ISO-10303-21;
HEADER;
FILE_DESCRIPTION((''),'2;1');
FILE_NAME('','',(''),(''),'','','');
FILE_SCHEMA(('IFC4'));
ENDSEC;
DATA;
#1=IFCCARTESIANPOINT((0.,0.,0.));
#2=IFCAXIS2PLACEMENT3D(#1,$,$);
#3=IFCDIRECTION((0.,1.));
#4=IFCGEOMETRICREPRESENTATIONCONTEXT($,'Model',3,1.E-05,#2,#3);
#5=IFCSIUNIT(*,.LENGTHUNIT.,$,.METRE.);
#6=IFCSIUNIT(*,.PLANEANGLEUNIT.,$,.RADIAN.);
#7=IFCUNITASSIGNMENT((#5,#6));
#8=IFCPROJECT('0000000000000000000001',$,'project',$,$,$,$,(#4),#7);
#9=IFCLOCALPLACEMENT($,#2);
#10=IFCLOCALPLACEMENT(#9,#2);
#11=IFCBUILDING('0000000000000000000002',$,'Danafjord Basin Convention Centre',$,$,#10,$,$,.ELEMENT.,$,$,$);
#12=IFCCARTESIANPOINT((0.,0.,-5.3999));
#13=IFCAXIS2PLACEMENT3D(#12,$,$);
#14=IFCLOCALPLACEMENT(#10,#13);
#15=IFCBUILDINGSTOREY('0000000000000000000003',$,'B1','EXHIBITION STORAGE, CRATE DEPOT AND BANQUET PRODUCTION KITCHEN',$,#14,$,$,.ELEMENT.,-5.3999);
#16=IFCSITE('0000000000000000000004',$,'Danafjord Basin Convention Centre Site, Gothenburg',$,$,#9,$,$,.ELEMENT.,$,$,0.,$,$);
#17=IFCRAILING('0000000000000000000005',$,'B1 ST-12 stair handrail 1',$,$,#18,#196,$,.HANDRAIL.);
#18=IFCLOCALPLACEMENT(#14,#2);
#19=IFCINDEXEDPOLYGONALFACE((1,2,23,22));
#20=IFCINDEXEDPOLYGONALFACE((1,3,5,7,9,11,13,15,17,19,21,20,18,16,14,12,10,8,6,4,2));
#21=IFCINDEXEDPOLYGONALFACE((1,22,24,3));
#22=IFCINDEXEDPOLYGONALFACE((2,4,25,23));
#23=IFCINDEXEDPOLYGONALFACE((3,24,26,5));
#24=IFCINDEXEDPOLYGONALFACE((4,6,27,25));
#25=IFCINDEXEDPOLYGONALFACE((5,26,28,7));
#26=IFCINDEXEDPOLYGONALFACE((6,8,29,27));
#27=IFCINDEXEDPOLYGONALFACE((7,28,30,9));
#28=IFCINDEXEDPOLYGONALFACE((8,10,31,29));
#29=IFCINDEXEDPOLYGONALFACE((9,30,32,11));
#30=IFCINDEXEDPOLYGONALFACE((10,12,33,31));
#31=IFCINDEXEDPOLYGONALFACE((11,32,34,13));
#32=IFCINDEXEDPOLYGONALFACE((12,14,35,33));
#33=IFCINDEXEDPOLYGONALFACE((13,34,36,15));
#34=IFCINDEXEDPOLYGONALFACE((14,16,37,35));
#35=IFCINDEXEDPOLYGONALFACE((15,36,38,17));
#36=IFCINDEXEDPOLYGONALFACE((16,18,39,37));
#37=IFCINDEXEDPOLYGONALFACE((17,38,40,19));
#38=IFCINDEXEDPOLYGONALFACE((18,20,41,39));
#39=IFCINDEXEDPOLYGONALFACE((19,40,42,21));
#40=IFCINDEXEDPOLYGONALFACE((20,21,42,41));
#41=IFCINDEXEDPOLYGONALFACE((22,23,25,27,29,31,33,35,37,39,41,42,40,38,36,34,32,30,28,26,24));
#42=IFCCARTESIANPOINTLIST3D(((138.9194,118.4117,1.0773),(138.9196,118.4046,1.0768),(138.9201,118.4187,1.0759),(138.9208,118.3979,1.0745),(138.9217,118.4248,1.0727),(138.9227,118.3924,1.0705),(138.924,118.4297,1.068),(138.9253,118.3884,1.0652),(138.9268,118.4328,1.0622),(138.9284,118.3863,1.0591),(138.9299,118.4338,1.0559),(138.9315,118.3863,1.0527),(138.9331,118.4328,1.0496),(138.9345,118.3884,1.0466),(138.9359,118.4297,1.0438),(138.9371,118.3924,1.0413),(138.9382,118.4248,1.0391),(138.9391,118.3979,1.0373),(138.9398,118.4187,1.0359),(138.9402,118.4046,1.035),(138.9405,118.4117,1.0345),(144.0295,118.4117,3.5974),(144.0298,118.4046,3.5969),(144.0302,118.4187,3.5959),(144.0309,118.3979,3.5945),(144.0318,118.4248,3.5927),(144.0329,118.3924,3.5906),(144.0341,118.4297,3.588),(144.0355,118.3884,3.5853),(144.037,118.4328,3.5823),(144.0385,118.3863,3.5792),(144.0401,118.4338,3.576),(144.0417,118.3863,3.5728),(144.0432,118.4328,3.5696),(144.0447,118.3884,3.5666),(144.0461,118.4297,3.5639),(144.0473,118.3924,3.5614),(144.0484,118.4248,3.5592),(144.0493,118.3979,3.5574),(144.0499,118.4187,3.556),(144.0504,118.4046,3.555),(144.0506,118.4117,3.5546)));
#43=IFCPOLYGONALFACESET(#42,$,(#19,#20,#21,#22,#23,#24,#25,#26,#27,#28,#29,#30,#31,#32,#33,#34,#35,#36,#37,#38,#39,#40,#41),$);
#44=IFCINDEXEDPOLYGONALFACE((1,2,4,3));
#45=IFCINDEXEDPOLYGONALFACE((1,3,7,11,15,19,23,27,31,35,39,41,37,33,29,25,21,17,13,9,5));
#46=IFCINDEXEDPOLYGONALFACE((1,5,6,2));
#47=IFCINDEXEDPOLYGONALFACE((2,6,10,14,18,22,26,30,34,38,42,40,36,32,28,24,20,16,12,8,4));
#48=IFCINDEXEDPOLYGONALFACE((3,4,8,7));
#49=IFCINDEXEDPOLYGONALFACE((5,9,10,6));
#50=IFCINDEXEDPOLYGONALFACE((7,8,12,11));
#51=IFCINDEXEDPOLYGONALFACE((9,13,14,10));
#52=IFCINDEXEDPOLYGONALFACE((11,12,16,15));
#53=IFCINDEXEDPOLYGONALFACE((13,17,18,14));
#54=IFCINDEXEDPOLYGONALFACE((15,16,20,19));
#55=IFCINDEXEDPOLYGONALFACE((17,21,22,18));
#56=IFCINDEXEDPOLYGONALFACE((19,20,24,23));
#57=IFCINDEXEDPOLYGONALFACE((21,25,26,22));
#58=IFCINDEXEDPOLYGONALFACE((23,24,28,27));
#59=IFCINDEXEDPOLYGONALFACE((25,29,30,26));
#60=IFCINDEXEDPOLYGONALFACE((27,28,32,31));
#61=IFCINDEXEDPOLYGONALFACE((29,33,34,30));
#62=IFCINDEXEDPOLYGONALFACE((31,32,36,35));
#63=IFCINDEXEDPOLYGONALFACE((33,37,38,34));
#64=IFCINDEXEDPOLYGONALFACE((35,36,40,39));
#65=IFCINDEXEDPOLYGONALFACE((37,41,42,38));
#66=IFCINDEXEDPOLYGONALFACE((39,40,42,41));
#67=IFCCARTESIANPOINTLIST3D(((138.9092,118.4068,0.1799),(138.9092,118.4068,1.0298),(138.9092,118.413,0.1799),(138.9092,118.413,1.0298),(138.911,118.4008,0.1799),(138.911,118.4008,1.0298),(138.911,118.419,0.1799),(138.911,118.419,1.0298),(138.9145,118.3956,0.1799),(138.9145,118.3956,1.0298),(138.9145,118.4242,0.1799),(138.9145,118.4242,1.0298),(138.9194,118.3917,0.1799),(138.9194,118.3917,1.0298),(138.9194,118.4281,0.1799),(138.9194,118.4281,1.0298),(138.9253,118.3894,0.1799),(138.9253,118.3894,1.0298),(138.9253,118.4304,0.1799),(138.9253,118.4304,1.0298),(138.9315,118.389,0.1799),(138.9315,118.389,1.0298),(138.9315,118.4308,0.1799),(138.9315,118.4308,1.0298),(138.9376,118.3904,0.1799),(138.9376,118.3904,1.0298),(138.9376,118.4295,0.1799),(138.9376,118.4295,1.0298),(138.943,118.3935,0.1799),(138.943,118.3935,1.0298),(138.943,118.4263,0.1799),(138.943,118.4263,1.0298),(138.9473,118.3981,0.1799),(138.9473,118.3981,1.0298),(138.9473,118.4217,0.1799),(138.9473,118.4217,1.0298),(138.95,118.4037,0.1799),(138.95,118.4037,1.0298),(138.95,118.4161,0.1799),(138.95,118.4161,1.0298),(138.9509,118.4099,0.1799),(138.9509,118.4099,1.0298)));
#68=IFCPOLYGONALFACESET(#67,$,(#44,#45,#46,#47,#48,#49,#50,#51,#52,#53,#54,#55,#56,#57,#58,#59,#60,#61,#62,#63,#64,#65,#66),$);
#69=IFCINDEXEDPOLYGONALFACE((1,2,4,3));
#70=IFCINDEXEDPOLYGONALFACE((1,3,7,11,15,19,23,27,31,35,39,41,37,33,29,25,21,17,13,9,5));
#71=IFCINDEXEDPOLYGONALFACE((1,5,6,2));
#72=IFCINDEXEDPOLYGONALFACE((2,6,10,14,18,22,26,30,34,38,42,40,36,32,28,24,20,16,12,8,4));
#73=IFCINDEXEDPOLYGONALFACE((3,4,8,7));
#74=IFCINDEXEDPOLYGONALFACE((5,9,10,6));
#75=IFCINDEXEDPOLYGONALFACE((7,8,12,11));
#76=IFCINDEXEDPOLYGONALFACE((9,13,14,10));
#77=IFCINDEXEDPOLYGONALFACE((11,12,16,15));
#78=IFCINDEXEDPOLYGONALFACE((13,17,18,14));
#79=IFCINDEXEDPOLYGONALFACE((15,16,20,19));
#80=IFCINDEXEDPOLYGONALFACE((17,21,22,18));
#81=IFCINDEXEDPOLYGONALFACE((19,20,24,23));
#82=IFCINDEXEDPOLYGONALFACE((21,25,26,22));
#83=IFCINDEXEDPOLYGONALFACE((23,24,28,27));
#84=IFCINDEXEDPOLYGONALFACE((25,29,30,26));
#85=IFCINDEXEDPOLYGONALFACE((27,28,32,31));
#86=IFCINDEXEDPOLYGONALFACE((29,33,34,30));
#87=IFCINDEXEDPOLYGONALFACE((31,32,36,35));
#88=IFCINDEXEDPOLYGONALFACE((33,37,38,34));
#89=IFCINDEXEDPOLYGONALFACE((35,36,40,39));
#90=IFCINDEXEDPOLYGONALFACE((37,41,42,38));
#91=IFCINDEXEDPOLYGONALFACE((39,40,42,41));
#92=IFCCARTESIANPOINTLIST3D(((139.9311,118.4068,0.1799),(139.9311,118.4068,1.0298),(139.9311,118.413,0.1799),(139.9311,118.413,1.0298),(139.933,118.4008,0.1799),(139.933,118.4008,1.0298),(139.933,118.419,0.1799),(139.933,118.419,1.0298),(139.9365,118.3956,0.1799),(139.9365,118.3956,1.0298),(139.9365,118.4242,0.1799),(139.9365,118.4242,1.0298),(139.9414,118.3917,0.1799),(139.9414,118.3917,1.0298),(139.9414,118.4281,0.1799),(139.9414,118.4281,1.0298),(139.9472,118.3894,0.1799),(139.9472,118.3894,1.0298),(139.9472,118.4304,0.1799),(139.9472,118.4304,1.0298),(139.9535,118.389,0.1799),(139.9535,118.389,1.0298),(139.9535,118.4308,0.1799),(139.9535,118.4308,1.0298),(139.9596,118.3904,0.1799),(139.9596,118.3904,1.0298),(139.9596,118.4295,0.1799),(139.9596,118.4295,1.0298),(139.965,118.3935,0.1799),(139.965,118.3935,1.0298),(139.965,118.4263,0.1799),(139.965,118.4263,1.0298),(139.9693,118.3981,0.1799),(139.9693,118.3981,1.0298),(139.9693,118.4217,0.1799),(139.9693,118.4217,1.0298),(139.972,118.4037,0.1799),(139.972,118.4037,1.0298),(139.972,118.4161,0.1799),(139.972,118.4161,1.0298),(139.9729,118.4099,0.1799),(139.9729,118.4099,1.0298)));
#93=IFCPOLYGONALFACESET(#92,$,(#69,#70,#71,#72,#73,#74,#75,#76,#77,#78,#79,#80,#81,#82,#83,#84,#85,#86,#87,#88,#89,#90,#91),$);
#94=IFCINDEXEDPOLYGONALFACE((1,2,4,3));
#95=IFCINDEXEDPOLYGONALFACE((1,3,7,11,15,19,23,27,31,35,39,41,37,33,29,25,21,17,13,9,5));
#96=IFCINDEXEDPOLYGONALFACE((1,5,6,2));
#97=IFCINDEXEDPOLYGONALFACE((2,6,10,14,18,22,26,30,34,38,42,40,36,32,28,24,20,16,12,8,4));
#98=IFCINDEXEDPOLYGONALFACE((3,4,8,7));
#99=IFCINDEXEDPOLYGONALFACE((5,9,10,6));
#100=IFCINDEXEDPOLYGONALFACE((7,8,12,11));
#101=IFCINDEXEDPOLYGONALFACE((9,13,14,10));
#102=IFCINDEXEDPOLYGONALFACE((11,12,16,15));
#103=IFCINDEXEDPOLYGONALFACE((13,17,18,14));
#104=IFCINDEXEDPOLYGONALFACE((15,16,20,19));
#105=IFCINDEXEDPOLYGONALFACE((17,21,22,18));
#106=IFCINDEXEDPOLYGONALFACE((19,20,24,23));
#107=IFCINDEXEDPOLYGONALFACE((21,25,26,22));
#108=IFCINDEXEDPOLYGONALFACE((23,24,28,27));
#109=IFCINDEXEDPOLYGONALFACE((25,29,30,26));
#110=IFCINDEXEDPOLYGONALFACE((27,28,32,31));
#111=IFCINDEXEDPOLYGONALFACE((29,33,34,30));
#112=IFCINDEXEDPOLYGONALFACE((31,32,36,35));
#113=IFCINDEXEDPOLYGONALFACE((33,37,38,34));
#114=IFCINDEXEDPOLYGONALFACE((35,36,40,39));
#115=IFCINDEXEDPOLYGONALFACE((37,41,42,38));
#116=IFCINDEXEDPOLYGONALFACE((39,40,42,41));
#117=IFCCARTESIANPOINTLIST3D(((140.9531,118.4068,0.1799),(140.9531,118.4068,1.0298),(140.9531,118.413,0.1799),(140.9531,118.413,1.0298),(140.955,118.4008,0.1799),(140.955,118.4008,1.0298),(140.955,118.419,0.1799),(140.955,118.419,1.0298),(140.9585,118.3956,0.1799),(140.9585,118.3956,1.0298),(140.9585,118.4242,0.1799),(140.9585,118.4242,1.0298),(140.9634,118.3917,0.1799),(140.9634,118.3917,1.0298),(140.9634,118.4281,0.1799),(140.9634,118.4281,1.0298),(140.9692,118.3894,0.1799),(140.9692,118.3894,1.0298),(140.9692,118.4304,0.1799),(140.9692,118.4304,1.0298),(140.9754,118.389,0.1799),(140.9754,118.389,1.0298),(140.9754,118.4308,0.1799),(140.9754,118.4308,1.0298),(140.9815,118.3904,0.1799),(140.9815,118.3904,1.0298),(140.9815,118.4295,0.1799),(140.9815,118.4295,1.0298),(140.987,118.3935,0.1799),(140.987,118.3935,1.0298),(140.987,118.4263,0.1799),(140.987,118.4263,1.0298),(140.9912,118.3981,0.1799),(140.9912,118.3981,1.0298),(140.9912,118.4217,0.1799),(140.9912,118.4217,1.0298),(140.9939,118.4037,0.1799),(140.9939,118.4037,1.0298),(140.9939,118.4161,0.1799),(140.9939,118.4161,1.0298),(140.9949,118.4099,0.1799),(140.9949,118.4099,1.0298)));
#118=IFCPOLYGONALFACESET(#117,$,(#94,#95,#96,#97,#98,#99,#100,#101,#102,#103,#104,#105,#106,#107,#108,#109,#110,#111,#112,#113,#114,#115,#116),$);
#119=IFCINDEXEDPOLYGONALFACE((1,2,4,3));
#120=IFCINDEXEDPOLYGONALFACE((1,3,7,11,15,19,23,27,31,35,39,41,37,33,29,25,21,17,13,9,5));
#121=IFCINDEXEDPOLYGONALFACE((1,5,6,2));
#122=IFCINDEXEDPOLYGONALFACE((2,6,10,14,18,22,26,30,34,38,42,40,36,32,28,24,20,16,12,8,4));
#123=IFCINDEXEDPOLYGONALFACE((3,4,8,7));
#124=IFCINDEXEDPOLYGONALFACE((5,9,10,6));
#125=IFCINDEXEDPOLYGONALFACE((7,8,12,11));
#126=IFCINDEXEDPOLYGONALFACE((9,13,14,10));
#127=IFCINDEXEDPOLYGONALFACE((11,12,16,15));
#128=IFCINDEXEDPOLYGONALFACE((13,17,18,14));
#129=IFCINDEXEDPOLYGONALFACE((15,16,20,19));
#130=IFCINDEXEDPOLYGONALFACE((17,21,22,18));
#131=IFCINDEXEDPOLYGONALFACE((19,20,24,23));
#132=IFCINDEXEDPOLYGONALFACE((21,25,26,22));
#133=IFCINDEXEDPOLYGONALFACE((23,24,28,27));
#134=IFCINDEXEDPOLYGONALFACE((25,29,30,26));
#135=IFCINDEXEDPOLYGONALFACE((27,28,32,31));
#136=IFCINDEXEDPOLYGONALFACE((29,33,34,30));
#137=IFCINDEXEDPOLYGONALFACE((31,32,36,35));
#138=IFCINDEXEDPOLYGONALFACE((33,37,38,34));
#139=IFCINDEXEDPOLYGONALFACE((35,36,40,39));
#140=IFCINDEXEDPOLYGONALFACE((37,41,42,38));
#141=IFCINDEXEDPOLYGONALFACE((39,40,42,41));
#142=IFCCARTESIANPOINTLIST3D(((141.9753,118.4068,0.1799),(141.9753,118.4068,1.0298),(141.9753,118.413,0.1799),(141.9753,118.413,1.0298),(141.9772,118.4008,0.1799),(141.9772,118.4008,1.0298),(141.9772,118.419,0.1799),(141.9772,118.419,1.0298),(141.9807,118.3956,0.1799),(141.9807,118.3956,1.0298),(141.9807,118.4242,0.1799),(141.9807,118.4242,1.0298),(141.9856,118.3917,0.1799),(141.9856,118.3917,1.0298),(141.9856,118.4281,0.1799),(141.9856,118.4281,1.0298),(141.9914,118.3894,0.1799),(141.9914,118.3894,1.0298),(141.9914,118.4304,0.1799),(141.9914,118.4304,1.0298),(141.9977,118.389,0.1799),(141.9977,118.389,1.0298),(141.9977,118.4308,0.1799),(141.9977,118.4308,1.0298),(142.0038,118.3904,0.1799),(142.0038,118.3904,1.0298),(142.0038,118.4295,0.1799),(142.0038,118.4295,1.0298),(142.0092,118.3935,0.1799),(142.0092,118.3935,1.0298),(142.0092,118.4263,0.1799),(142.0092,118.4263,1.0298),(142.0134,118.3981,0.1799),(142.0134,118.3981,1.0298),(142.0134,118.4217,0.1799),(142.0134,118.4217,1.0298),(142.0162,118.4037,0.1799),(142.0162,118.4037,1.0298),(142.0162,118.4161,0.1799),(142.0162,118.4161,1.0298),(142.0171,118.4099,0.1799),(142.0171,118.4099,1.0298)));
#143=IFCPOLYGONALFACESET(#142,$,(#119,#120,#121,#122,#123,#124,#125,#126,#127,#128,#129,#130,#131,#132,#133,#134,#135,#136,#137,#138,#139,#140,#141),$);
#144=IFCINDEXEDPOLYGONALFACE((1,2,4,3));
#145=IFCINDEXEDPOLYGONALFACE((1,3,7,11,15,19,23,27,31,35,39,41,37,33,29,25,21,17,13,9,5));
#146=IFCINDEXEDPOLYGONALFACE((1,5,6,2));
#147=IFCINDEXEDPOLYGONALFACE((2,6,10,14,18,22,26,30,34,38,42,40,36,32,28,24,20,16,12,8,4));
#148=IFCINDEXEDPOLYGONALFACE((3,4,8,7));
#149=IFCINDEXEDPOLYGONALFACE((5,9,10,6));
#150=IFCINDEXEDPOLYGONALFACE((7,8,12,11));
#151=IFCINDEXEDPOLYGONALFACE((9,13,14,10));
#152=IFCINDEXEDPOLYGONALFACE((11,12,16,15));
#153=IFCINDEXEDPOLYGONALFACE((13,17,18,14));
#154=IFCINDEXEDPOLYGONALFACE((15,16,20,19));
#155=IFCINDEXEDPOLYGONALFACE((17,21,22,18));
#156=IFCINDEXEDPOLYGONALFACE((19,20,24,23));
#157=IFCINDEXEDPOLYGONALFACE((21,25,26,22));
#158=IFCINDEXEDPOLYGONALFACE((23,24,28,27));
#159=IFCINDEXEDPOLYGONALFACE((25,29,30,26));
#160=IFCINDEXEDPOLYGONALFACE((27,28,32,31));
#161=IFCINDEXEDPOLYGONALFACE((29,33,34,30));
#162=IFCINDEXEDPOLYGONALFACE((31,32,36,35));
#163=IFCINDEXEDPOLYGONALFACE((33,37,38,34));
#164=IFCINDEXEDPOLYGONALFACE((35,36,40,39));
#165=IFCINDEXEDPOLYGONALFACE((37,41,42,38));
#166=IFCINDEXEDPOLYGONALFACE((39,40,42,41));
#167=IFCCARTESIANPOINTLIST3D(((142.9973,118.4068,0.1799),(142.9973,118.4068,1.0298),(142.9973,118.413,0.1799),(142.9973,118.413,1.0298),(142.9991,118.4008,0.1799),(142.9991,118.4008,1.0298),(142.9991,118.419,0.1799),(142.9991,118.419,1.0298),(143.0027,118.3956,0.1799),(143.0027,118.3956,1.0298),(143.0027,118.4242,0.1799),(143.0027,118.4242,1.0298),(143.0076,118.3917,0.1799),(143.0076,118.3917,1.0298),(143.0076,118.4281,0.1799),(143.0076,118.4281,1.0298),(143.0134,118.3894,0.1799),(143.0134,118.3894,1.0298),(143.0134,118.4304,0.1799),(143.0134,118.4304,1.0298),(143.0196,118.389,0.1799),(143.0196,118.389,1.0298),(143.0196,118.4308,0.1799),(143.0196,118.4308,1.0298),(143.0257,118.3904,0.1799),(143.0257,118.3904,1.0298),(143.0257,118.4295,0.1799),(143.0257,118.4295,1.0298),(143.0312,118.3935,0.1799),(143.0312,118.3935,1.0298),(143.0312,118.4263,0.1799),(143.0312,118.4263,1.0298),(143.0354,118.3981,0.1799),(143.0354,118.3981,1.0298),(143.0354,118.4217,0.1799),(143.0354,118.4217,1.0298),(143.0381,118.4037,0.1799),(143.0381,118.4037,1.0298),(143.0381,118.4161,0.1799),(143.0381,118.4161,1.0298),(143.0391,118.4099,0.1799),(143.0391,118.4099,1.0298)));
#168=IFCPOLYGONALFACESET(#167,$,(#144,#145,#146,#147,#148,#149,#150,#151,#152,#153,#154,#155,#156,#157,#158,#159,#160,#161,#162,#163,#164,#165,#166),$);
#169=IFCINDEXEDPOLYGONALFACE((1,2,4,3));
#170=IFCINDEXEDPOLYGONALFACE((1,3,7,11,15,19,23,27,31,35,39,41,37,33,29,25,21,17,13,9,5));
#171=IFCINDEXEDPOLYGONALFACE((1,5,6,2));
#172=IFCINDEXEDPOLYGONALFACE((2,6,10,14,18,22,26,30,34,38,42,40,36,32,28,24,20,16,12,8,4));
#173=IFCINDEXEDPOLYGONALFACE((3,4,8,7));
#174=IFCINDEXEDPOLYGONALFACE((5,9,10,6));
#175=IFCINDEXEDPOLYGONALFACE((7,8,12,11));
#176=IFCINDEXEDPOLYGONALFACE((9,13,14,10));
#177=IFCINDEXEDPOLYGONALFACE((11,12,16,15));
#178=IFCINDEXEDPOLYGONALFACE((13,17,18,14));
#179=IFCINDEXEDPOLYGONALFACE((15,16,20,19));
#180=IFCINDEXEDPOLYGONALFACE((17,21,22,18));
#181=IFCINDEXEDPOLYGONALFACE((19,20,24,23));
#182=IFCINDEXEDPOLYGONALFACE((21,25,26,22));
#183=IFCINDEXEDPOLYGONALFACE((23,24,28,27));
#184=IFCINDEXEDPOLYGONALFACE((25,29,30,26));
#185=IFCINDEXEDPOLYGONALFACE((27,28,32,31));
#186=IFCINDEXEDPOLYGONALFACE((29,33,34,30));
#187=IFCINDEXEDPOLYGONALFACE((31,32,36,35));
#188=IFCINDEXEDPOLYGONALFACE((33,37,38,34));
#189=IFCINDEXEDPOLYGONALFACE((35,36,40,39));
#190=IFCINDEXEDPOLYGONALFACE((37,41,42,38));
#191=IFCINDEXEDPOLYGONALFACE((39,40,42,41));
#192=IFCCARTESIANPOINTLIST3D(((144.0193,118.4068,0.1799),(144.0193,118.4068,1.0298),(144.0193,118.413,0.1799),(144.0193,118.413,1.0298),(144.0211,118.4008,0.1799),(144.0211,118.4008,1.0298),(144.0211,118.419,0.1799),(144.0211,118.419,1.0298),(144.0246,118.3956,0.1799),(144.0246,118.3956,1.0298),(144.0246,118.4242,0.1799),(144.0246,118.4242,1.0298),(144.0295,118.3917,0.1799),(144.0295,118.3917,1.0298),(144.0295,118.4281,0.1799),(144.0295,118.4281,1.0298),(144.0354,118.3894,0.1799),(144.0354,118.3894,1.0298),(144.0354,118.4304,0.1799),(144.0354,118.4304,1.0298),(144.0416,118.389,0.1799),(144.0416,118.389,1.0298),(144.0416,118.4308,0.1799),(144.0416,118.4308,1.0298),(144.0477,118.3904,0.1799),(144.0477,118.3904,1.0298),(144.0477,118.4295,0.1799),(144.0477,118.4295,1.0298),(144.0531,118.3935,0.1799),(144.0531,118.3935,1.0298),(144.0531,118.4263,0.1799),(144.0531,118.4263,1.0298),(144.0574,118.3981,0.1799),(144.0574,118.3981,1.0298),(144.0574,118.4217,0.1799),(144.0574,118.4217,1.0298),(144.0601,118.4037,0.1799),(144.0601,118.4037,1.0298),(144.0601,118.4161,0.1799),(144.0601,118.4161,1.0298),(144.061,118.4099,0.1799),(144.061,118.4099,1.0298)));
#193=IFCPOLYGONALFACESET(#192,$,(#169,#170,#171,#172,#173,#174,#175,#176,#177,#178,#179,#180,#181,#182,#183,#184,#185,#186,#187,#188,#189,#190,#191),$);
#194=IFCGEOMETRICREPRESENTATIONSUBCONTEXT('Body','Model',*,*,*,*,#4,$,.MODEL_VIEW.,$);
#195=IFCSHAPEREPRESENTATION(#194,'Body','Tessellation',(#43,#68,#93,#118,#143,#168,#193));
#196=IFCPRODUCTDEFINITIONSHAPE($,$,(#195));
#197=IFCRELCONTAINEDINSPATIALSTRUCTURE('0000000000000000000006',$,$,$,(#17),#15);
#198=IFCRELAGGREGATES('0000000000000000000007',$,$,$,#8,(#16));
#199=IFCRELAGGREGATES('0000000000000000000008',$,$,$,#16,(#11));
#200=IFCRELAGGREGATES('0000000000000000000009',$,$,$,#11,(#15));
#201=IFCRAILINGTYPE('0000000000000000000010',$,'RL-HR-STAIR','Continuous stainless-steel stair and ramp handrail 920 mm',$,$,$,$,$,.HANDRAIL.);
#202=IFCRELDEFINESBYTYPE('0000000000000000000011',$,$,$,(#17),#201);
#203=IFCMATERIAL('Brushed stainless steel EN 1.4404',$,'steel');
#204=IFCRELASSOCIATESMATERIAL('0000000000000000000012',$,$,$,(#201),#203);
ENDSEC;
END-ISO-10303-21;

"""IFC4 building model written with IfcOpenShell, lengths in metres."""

from ifc_helpers import new_model, si_unit, direction, frame, origin, origin_2d, place, context, subcontext, project, spatial, circle, extrude, material, type_object, element, save


model = new_model("IFC4")

# Units and contexts
model_context = context("Model", 3, precision=1e-05, world=origin(), true_north=direction((0.0, 1.0)))
body_context = subcontext(model_context, "Body", "Model", "MODEL_VIEW")
ifc_project = project(units=[si_unit("LENGTHUNIT", "METRE"), si_unit("PLANEANGLEUNIT", "RADIAN")], contexts=[model_context])

# Site, building, storey
site_placement = place(None, origin())
site = spatial("IfcSite", under=ifc_project, at=site_placement, Name="Danafjord Basin Convention Centre Site, Gothenburg", CompositionType="ELEMENT", RefElevation=0.0)
building_placement = place(site_placement, origin())
building = spatial("IfcBuilding", under=site, at=building_placement, Name="Danafjord Basin Convention Centre", CompositionType="ELEMENT")
storey_placement = place(building_placement, frame((0.0, 0.0, -5.3999)))
storey = spatial("IfcBuildingStorey", under=building, at=storey_placement, Name="B1", Description="EXHIBITION STORAGE, CRATE DEPOT AND BANQUET PRODUCTION KITCHEN", CompositionType="ELEMENT", Elevation=-5.3999)

# Railing
ifc_material_1 = material(Name="Brushed stainless steel EN 1.4404", Category="steel")
railing_type_1 = type_object("IfcRailingType", Name="RL-HR-STAIR", Description="Continuous stainless-steel stair and ramp handrail 920 mm", PredefinedType="HANDRAIL", material=ifc_material_1)
railing_1_placement = place(storey_placement, frame((138.9299, 118.4099, 0.1799)))
element("IfcRailing", 1, at=railing_1_placement, inside=storey, type_object=railing_type_1, Name="B1 ST-12 stair handrail 1", PredefinedType="HANDRAIL", context=body_context, shape_type="SweptSolid", body=[
    extrude(circle(Radius=0.0239, at=origin_2d()), frame((0.0, 0.0, 0.876), z_axis=(0.896873, 0.0, 0.442288), x_axis=(0.0, 1.0, 0.0)), (0.0, 0.0, 1.0), 5.6978),
    extrude(circle(Radius=0.021, at=origin_2d()), origin(), (0.0, 0.0, 1.0), 0.8499),
    extrude(circle(Radius=0.021, at=origin_2d()), frame((1.022, 0.0, 0.0)), (0.0, 0.0, 1.0), 0.8499),
    extrude(circle(Radius=0.021, at=origin_2d()), frame((2.0439, 0.0, 0.0)), (0.0, 0.0, 1.0), 0.8499),
    extrude(circle(Radius=0.021, at=origin_2d()), frame((3.0662, 0.0, 0.0)), (0.0, 0.0, 1.0), 0.8499),
    extrude(circle(Radius=0.021, at=origin_2d()), frame((4.0881, 0.0, 0.0)), (0.0, 0.0, 1.0), 0.8499),
    extrude(circle(Radius=0.021, at=origin_2d()), frame((5.1101, 0.0, 0.0)), (0.0, 0.0, 1.0), 0.8499),
])

save(model, "model.ifc")
